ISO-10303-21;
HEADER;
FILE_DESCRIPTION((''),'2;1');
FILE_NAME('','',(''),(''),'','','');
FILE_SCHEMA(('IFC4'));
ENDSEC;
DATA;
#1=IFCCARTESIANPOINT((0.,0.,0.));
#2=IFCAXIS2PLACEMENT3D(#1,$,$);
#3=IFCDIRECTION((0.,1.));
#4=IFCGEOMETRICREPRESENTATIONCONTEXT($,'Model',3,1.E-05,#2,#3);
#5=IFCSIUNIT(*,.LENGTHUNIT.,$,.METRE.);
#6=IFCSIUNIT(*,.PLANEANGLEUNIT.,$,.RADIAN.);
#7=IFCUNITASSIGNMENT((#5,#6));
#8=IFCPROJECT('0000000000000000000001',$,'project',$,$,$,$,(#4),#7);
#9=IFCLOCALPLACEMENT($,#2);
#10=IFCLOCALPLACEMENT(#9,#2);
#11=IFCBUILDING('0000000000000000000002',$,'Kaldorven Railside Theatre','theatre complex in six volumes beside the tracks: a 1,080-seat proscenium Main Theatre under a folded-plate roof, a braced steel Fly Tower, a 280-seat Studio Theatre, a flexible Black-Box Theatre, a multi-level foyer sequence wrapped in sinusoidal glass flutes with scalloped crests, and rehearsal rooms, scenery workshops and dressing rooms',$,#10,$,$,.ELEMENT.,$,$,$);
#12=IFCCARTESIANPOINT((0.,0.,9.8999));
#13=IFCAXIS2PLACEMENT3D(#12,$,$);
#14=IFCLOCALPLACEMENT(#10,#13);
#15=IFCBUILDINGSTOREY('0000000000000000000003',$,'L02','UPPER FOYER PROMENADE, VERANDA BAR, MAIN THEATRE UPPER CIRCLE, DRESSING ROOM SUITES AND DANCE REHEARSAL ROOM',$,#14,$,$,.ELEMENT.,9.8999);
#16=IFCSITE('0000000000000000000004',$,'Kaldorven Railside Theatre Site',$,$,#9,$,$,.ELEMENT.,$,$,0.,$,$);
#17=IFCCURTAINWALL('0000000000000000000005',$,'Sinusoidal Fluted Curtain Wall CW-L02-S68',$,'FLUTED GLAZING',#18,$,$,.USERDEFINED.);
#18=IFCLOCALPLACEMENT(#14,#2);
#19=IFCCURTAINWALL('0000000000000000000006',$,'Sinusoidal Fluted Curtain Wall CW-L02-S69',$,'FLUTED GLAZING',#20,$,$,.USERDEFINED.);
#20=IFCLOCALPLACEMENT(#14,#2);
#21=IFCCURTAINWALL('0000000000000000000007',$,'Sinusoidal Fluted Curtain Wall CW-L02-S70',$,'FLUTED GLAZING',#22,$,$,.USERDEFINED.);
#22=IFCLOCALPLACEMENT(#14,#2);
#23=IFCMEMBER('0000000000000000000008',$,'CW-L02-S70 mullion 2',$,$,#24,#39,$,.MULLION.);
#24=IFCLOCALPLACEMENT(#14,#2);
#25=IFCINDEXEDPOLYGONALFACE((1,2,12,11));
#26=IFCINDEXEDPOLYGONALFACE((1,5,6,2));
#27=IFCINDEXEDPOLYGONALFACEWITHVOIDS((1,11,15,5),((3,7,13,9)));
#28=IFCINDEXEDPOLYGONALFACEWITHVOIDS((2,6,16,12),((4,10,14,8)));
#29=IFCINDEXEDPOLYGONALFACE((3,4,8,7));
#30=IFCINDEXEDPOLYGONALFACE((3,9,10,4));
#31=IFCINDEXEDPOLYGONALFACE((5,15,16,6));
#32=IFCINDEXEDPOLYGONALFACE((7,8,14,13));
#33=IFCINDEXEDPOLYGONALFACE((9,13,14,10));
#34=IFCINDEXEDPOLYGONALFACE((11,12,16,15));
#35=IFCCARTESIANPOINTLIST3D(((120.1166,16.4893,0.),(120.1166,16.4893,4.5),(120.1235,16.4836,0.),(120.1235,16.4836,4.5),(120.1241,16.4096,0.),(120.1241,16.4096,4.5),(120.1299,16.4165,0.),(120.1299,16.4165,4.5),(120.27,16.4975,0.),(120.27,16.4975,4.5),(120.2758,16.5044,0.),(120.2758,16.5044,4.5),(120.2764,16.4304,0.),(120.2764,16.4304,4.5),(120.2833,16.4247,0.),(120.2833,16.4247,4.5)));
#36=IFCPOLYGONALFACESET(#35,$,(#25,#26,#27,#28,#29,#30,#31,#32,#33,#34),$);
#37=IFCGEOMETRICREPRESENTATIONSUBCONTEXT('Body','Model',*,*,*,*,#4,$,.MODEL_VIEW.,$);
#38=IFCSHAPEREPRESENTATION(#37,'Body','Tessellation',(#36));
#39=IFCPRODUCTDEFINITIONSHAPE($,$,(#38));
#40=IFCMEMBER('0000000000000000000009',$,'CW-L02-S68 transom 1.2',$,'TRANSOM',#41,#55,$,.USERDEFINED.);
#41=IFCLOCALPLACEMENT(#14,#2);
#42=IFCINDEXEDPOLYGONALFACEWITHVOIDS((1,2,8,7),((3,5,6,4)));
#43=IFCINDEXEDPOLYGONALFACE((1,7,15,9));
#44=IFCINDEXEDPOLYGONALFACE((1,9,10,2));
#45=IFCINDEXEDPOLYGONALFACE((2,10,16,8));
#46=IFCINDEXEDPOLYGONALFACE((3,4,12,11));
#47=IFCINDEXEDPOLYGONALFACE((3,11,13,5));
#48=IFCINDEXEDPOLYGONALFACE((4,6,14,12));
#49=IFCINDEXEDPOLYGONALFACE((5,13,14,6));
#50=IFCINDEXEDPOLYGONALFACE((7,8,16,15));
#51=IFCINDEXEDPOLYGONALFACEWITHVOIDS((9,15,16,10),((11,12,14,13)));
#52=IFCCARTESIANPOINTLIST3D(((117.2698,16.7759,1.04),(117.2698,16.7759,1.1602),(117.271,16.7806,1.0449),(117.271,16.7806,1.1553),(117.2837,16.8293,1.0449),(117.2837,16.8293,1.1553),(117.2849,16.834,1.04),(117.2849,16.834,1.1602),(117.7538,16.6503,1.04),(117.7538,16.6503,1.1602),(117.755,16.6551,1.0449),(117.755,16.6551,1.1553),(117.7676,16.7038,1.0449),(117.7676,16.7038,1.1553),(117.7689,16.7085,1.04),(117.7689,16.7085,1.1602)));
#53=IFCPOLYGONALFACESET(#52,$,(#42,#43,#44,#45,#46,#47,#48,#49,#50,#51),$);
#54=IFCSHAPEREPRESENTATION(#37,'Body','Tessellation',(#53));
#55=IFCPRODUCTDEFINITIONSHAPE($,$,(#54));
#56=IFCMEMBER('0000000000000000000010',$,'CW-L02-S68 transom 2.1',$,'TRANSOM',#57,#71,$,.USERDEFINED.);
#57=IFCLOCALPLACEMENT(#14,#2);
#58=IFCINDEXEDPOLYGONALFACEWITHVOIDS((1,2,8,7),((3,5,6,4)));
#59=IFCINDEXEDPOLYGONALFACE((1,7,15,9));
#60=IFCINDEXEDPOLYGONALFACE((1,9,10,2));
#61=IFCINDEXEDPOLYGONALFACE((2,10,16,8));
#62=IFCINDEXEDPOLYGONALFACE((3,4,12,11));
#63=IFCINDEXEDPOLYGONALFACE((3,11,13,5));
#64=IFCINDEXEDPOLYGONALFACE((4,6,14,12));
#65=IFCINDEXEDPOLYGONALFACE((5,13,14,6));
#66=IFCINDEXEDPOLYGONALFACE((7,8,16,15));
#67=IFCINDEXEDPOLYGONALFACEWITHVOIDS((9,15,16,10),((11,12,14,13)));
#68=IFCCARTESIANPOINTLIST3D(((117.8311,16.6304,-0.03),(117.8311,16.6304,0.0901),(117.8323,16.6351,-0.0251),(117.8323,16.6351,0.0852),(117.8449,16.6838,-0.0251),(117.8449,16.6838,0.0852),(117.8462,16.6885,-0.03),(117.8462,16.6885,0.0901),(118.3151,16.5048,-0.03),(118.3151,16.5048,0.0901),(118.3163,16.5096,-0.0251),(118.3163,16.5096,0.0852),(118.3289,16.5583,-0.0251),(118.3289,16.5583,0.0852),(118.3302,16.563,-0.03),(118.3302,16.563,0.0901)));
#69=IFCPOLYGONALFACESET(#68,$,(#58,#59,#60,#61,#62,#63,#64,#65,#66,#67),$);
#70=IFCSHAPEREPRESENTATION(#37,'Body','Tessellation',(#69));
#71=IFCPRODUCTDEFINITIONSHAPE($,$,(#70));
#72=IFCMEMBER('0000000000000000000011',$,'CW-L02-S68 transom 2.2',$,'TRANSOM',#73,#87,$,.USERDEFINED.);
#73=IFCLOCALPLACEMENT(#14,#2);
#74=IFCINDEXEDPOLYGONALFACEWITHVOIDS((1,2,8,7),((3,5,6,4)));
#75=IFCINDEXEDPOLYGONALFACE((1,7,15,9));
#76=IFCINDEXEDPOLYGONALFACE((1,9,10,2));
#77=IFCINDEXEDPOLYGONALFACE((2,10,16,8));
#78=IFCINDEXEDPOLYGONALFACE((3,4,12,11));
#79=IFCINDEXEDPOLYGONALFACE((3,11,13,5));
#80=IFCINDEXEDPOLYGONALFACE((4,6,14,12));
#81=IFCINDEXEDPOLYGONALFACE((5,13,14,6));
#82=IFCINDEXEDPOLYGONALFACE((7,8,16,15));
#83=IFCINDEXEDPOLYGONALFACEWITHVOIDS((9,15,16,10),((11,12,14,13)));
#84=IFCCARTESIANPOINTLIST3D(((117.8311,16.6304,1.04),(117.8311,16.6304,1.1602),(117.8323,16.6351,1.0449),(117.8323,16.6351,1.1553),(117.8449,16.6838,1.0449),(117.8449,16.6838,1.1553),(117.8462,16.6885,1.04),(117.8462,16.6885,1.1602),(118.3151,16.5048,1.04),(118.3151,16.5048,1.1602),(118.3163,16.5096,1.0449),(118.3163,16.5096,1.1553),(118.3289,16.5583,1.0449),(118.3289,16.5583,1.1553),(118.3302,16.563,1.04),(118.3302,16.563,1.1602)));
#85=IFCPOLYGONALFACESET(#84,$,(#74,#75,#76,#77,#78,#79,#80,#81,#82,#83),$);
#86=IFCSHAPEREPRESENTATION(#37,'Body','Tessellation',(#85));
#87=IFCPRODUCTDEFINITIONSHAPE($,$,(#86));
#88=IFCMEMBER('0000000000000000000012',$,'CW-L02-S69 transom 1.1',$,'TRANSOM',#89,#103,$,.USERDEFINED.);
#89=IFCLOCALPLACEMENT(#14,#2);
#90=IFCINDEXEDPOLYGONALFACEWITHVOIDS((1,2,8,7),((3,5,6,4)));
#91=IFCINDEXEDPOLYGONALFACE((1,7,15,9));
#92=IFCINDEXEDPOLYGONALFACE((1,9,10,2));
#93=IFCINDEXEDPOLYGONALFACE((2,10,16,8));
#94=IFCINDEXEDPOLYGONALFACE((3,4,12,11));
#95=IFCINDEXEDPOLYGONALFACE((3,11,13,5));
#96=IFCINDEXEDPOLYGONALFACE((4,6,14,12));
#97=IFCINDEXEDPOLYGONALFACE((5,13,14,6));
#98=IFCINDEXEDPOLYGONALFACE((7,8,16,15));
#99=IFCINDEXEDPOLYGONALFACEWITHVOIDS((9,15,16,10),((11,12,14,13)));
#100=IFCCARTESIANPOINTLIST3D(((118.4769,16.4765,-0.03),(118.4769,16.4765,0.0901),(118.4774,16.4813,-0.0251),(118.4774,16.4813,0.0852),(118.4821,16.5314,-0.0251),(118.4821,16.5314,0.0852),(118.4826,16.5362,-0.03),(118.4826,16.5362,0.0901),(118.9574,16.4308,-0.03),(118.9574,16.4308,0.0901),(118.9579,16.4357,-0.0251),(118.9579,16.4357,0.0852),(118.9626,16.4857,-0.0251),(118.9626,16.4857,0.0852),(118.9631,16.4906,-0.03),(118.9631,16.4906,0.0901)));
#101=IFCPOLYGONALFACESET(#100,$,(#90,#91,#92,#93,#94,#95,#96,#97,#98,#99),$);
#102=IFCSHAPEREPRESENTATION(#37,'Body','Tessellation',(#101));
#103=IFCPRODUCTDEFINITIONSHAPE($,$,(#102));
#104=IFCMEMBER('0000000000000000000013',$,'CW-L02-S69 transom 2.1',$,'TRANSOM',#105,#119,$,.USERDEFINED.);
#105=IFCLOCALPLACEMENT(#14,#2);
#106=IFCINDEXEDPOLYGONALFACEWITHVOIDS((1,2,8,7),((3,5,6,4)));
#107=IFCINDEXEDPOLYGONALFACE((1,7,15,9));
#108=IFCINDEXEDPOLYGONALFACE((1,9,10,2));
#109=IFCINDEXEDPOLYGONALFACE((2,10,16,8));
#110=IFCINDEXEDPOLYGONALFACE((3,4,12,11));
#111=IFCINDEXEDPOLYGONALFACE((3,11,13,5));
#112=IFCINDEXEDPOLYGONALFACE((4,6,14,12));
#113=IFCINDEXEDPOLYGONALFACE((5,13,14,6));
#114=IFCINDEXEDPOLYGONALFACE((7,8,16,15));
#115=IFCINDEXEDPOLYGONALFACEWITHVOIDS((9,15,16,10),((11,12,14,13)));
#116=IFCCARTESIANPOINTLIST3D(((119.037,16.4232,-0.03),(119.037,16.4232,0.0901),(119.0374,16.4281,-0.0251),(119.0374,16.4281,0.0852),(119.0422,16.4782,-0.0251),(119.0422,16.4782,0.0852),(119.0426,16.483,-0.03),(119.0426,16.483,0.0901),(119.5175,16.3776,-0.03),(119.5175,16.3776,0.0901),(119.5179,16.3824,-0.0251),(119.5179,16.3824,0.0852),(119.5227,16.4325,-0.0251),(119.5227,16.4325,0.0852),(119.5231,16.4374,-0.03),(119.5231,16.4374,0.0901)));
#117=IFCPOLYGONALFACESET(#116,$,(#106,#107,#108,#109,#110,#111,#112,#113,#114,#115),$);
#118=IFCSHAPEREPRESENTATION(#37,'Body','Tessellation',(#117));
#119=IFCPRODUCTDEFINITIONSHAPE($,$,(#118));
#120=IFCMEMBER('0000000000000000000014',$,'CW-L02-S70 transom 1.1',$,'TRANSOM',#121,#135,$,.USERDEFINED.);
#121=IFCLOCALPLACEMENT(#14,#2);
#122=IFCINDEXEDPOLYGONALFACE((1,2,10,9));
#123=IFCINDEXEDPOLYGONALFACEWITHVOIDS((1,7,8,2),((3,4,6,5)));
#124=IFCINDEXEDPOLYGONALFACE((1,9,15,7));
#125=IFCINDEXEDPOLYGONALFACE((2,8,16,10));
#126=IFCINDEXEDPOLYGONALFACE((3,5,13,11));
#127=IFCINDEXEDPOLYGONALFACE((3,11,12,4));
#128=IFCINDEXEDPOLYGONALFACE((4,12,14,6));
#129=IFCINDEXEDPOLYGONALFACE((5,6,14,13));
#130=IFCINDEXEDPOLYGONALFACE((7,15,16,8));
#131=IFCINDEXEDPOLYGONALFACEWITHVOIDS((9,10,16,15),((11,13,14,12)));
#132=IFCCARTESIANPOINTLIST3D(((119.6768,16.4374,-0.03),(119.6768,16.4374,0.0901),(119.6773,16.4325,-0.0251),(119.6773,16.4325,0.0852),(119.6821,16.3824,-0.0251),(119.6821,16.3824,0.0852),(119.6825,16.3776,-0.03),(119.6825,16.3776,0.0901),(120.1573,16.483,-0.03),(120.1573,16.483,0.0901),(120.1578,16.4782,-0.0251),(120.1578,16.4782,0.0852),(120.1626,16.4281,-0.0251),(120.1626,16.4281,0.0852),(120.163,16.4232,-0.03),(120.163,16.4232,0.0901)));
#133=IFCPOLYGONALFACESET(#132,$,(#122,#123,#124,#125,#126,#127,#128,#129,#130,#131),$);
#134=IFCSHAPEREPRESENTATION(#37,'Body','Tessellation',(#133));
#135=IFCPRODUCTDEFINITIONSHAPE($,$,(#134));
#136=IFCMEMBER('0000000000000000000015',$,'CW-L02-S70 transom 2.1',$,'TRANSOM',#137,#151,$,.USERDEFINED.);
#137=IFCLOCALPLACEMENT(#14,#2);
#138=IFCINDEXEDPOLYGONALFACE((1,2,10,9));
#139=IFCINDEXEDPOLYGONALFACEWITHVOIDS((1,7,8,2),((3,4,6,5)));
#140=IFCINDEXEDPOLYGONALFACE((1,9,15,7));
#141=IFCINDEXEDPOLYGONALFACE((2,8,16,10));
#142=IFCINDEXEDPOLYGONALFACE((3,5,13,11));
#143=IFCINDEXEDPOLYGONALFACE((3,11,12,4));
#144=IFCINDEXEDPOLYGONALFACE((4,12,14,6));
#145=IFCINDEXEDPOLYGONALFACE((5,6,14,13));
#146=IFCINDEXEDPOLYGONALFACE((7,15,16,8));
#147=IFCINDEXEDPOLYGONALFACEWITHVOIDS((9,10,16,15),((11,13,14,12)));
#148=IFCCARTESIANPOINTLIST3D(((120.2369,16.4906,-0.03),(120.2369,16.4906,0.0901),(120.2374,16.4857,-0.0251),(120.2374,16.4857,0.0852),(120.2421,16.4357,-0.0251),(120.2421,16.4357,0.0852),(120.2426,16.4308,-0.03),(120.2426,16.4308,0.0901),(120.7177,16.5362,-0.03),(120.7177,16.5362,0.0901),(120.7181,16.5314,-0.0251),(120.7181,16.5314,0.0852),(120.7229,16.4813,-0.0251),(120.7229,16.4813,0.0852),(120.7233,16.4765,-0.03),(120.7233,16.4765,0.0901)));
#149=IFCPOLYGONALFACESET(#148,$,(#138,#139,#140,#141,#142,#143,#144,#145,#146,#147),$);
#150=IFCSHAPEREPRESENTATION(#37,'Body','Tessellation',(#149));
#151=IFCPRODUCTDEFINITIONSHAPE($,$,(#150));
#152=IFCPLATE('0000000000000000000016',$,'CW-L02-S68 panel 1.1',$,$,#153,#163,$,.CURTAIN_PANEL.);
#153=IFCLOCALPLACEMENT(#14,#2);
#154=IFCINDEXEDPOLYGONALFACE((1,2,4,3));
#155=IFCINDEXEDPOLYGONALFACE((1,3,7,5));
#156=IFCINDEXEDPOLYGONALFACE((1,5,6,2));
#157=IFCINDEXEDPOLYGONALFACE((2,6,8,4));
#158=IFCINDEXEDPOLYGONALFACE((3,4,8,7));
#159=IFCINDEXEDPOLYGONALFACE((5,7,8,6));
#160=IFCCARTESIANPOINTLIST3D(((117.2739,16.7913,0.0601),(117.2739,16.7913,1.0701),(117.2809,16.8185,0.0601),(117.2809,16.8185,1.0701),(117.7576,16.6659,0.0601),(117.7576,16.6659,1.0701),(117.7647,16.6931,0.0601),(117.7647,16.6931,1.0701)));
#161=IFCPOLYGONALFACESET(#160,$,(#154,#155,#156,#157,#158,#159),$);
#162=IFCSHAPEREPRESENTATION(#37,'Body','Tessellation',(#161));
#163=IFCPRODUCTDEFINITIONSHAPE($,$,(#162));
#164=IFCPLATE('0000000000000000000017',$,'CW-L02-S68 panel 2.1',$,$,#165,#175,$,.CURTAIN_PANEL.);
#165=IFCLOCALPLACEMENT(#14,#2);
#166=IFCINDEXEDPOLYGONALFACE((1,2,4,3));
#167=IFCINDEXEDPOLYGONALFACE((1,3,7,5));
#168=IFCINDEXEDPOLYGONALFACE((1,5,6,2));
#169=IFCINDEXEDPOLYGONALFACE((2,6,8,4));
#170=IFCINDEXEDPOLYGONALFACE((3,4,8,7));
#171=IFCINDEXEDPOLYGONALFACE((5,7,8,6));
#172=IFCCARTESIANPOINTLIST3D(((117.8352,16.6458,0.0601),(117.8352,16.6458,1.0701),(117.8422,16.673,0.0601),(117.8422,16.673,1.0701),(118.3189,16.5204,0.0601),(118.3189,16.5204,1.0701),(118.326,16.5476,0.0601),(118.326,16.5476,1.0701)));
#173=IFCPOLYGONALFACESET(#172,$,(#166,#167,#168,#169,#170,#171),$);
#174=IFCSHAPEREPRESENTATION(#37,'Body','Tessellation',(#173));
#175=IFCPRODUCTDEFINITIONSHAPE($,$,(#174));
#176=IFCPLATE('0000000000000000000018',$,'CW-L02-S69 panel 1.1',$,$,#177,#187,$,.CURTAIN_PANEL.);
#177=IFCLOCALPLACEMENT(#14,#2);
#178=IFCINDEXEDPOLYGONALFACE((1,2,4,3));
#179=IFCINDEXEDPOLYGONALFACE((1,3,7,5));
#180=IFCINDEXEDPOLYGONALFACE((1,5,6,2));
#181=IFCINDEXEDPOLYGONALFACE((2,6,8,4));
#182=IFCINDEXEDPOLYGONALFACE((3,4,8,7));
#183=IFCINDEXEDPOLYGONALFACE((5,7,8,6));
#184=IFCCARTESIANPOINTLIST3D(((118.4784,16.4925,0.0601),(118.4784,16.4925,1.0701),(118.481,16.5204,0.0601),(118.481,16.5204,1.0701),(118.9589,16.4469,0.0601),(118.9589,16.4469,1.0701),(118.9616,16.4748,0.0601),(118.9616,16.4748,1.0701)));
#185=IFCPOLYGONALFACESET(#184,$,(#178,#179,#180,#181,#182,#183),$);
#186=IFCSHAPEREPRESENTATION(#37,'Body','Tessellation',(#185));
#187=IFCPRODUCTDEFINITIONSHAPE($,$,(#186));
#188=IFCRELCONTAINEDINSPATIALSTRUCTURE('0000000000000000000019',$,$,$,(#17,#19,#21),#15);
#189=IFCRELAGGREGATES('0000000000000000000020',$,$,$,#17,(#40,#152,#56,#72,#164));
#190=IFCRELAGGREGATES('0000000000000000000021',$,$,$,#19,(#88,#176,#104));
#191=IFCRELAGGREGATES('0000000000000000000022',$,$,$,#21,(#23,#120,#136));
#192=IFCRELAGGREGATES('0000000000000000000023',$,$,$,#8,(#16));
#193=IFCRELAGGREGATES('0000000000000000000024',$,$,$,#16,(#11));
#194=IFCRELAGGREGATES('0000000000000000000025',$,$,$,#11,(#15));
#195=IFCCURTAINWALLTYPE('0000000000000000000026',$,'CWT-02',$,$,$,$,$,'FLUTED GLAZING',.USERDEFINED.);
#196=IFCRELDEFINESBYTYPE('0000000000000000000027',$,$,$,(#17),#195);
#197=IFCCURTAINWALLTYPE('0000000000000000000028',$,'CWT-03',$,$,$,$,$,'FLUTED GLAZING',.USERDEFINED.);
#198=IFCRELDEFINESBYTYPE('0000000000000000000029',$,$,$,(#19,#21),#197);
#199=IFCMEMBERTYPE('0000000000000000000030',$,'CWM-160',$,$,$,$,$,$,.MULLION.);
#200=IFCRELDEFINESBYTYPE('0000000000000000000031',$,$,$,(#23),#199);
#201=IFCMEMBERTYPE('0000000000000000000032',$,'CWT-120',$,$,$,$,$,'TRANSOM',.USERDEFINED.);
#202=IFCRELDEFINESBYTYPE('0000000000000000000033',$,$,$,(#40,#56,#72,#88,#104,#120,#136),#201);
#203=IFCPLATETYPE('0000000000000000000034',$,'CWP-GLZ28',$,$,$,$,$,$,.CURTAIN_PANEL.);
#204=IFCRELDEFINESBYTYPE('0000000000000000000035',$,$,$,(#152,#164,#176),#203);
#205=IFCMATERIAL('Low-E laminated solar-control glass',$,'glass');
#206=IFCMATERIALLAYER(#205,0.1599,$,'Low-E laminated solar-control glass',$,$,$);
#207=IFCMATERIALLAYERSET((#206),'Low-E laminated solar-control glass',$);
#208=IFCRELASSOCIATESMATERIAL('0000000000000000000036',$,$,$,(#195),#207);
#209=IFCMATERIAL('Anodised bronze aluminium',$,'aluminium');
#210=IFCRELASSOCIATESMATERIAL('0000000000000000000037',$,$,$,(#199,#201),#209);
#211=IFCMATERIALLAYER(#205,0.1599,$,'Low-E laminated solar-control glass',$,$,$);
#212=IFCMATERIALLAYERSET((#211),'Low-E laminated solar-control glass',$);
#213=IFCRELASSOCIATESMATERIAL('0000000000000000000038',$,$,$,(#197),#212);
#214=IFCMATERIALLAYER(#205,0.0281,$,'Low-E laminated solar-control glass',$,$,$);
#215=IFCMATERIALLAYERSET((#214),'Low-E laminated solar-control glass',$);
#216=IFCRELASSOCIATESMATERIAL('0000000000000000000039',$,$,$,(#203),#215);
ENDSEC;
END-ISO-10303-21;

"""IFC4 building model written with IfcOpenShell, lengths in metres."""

from ifc_helpers import new_model, si_unit, direction, frame, origin, origin_2d, place, context, subcontext, project, spatial, rectangle, hollow_rectangle, extrude, material, layer, layer_set, material_profile, profile_set, type_object, element, aggregate, save


model = new_model("IFC4")

# Units and contexts
model_context = context("Model", 3, precision=1e-05, world=origin(), true_north=direction((0.0, 1.0)))
body_context = subcontext(model_context, "Body", "Model", "MODEL_VIEW")
ifc_project = project(units=[si_unit("LENGTHUNIT", "METRE"), si_unit("PLANEANGLEUNIT", "RADIAN")], contexts=[model_context])

# Site, building, storey
site_placement = place(None, origin())
site = spatial("IfcSite", under=ifc_project, at=site_placement, Name="Kaldorven Railside Theatre Site", CompositionType="ELEMENT", RefElevation=0.0)
building_placement = place(site_placement, origin())
building = spatial("IfcBuilding", under=site, at=building_placement, Name="Kaldorven Railside Theatre", Description="theatre complex in six volumes beside the tracks: a 1,080-seat proscenium Main Theatre under a folded-plate roof, a braced steel Fly Tower, a 280-seat Studio Theatre, a flexible Black-Box Theatre, a multi-level foyer sequence wrapped in sinusoidal glass flutes with scalloped crests, and rehearsal rooms, scenery workshops and dressing rooms", CompositionType="ELEMENT")
storey_placement = place(building_placement, frame((0.0, 0.0, 9.8999)))
storey = spatial("IfcBuildingStorey", under=building, at=storey_placement, Name="L02", Description="UPPER FOYER PROMENADE, VERANDA BAR, MAIN THEATRE UPPER CIRCLE, DRESSING ROOM SUITES AND DANCE REHEARSAL ROOM", CompositionType="ELEMENT", Elevation=9.8999)

# Curtain walls, member
ifc_material_1 = material(Name="Low-E laminated solar-control glass", Category="glass")
ifc_layer_1 = layer(ifc_material_1, 0.1599, Name="Low-E laminated solar-control glass")
ifc_layer_set_1 = layer_set([ifc_layer_1], Name="Low-E laminated solar-control glass")
curtain_wall_type_1 = type_object("IfcCurtainWallType", Name="CWT-02", ElementType="FLUTED GLAZING", PredefinedType="USERDEFINED", material=ifc_layer_set_1)
curtain_wall_1_placement = place(storey_placement, origin())
curtain_wall_1 = element("IfcCurtainWall", 1, at=curtain_wall_1_placement, inside=storey, type_object=curtain_wall_type_1, Name="Sinusoidal Fluted Curtain Wall CW-L02-S68", ObjectType="FLUTED GLAZING", PredefinedType="USERDEFINED")
ifc_material_2 = material(Name="Anodised bronze aluminium", Category="aluminium")
ifc_material_profile_1 = material_profile(ifc_material_2, hollow_rectangle(XDim=0.0801, YDim=0.1599, WallThickness=0.0063, at=origin_2d()), Name="RHS 160x80x6.3")
ifc_profile_set_1 = profile_set([ifc_material_profile_1], Name="Anodised bronze aluminium")
member_type_1 = type_object("IfcMemberType", Name="CWM-160", PredefinedType="MULLION", material=ifc_profile_set_1)
ifc_layer_2 = layer(ifc_material_1, 0.1599, Name="Low-E laminated solar-control glass")
ifc_layer_set_2 = layer_set([ifc_layer_2], Name="Low-E laminated solar-control glass")
curtain_wall_type_2 = type_object("IfcCurtainWallType", Name="CWT-03", ElementType="FLUTED GLAZING", PredefinedType="USERDEFINED", material=ifc_layer_set_2)
curtain_wall_2_placement = place(storey_placement, origin())
curtain_wall_2 = element("IfcCurtainWall", 2, at=curtain_wall_2_placement, inside=storey, type_object=curtain_wall_type_2, Name="Sinusoidal Fluted Curtain Wall CW-L02-S69", ObjectType="FLUTED GLAZING", PredefinedType="USERDEFINED")
curtain_wall_3_placement = place(storey_placement, origin())
curtain_wall_3 = element("IfcCurtainWall", 3, at=curtain_wall_3_placement, inside=storey, type_object=curtain_wall_type_2, Name="Sinusoidal Fluted Curtain Wall CW-L02-S70", ObjectType="FLUTED GLAZING", PredefinedType="USERDEFINED")
member_1_placement = place(storey_placement, frame((120.2, 16.457, 0.0), z_axis=(0.0, 0.0, 1.0), x_axis=(-0.094492, 0.995526, 0.0)))
member_1 = element("IfcMember", 4, at=member_1_placement, type_object=member_type_1, Name="CW-L02-S70 mullion 2", PredefinedType="MULLION", context=body_context, shape_type="SweptSolid", body=[
    extrude(hollow_rectangle(XDim=0.0801, YDim=0.1599, WallThickness=0.0063, at=origin_2d()), origin(), (0.0, 0.0, 1.0), 4.5),
])

# Members
ifc_material_profile_2 = material_profile(ifc_material_2, hollow_rectangle(XDim=0.0601, YDim=0.1201, WallThickness=0.0049, at=origin_2d()), Name="RHS 120x60x5")
ifc_profile_set_2 = profile_set([ifc_material_profile_2], Name="Anodised bronze aluminium")
member_type_2 = type_object("IfcMemberType", Name="CWT-120", ElementType="TRANSOM", PredefinedType="USERDEFINED", material=ifc_profile_set_2)
member_2_placement = place(storey_placement, frame((117.2773, 16.8049, 1.1001), z_axis=(0.967979, -0.25103, 0.0), x_axis=(0.25103, 0.967979, 0.0)))
member_2 = element("IfcMember", 5, at=member_2_placement, type_object=member_type_2, Name="CW-L02-S68 transom 1.2", ObjectType="TRANSOM", PredefinedType="USERDEFINED", context=body_context, shape_type="SweptSolid", body=[
    extrude(hollow_rectangle(XDim=0.0601, YDim=0.1201, WallThickness=0.0049, at=origin_2d()), origin(), (0.0, 0.0, 1.0), 0.5),
])
member_3_placement = place(storey_placement, frame((117.8386, 16.6594, 0.03), z_axis=(0.967979, -0.25103, 0.0), x_axis=(0.25103, 0.967979, 0.0)))
member_3 = element("IfcMember", 6, at=member_3_placement, type_object=member_type_2, Name="CW-L02-S68 transom 2.1", ObjectType="TRANSOM", PredefinedType="USERDEFINED", context=body_context, shape_type="SweptSolid", body=[
    extrude(hollow_rectangle(XDim=0.0601, YDim=0.1201, WallThickness=0.0049, at=origin_2d()), origin(), (0.0, 0.0, 1.0), 0.5),
])
member_4_placement = place(storey_placement, frame((117.8386, 16.6594, 1.1001), z_axis=(0.967979, -0.25103, 0.0), x_axis=(0.25103, 0.967979, 0.0)))
member_4 = element("IfcMember", 7, at=member_4_placement, type_object=member_type_2, Name="CW-L02-S68 transom 2.2", ObjectType="TRANSOM", PredefinedType="USERDEFINED", context=body_context, shape_type="SweptSolid", body=[
    extrude(hollow_rectangle(XDim=0.0601, YDim=0.1201, WallThickness=0.0049, at=origin_2d()), origin(), (0.0, 0.0, 1.0), 0.5),
])
member_5_placement = place(storey_placement, frame((118.4797, 16.5063, 0.03), z_axis=(0.995516, -0.094594, 0.0), x_axis=(0.094594, 0.995516, 0.0)))
member_5 = element("IfcMember", 8, at=member_5_placement, type_object=member_type_2, Name="CW-L02-S69 transom 1.1", ObjectType="TRANSOM", PredefinedType="USERDEFINED", context=body_context, shape_type="SweptSolid", body=[
    extrude(hollow_rectangle(XDim=0.0601, YDim=0.1201, WallThickness=0.0049, at=origin_2d()), origin(), (0.0, 0.0, 1.0), 0.4827),
])
member_6_placement = place(storey_placement, frame((119.0398, 16.4531, 0.03), z_axis=(0.995516, -0.094594, 0.0), x_axis=(0.094594, 0.995516, 0.0)))
member_6 = element("IfcMember", 9, at=member_6_placement, type_object=member_type_2, Name="CW-L02-S69 transom 2.1", ObjectType="TRANSOM", PredefinedType="USERDEFINED", context=body_context, shape_type="SweptSolid", body=[
    extrude(hollow_rectangle(XDim=0.0601, YDim=0.1201, WallThickness=0.0049, at=origin_2d()), origin(), (0.0, 0.0, 1.0), 0.4827),
])
member_7_placement = place(storey_placement, frame((119.6797, 16.4075, 0.03), z_axis=(0.995516, 0.094594, 0.0), x_axis=(-0.094594, 0.995516, 0.0)))
member_7 = element("IfcMember", 10, at=member_7_placement, type_object=member_type_2, Name="CW-L02-S70 transom 1.1", ObjectType="TRANSOM", PredefinedType="USERDEFINED", context=body_context, shape_type="SweptSolid", body=[
    extrude(hollow_rectangle(XDim=0.0601, YDim=0.1201, WallThickness=0.0049, at=origin_2d()), origin(), (0.0, 0.0, 1.0), 0.4827),
])
member_8_placement = place(storey_placement, frame((120.2397, 16.4607, 0.03), z_axis=(0.99552, 0.094547, 0.0), x_axis=(-0.094547, 0.99552, 0.0)))
member_8 = element("IfcMember", 11, at=member_8_placement, type_object=member_type_2, Name="CW-L02-S70 transom 2.1", ObjectType="TRANSOM", PredefinedType="USERDEFINED", context=body_context, shape_type="SweptSolid", body=[
    extrude(hollow_rectangle(XDim=0.0601, YDim=0.1201, WallThickness=0.0049, at=origin_2d()), origin(), (0.0, 0.0, 1.0), 0.4829),
])

# Plates
ifc_layer_3 = layer(ifc_material_1, 0.0281, Name="Low-E laminated solar-control glass")
ifc_layer_set_3 = layer_set([ifc_layer_3], Name="Low-E laminated solar-control glass")
plate_type = type_object("IfcPlateType", Name="CWP-GLZ28", PredefinedType="CURTAIN_PANEL", material=ifc_layer_set_3)
plate_1_placement = place(storey_placement, frame((117.5193, 16.7422, 0.0601), z_axis=(0.0, 0.0, 1.0), x_axis=(0.967999, -0.250954, 0.0)))
plate_1 = element("IfcPlate", 12, at=plate_1_placement, type_object=plate_type, Name="CW-L02-S68 panel 1.1", PredefinedType="CURTAIN_PANEL", context=body_context, shape_type="SweptSolid", body=[
    extrude(rectangle(XDim=0.4998, YDim=0.0281, at=origin_2d()), origin(), (0.0, 0.0, 1.0), 1.01),
])
plate_2_placement = place(storey_placement, frame((118.0806, 16.5967, 0.0601), z_axis=(0.0, 0.0, 1.0), x_axis=(0.967999, -0.250954, 0.0)))
plate_2 = element("IfcPlate", 13, at=plate_2_placement, type_object=plate_type, Name="CW-L02-S68 panel 2.1", PredefinedType="CURTAIN_PANEL", context=body_context, shape_type="SweptSolid", body=[
    extrude(rectangle(XDim=0.4998, YDim=0.0281, at=origin_2d()), origin(), (0.0, 0.0, 1.0), 1.01),
])
aggregate(curtain_wall_1, [member_2, plate_1, member_3, member_4, plate_2])
plate_3_placement = place(storey_placement, frame((118.72, 16.4836, 0.0601), z_axis=(0.0, 0.0, 1.0), x_axis=(0.995526, -0.094492, 0.0)))
plate_3 = element("IfcPlate", 14, at=plate_3_placement, type_object=plate_type, Name="CW-L02-S69 panel 1.1", PredefinedType="CURTAIN_PANEL", context=body_context, shape_type="SweptSolid", body=[
    extrude(rectangle(XDim=0.4827, YDim=0.0281, at=origin_2d()), origin(), (0.0, 0.0, 1.0), 1.01),
])
aggregate(curtain_wall_2, [member_5, plate_3, member_6])
aggregate(curtain_wall_3, [member_1, member_7, member_8])

save(model, "model.ifc")
